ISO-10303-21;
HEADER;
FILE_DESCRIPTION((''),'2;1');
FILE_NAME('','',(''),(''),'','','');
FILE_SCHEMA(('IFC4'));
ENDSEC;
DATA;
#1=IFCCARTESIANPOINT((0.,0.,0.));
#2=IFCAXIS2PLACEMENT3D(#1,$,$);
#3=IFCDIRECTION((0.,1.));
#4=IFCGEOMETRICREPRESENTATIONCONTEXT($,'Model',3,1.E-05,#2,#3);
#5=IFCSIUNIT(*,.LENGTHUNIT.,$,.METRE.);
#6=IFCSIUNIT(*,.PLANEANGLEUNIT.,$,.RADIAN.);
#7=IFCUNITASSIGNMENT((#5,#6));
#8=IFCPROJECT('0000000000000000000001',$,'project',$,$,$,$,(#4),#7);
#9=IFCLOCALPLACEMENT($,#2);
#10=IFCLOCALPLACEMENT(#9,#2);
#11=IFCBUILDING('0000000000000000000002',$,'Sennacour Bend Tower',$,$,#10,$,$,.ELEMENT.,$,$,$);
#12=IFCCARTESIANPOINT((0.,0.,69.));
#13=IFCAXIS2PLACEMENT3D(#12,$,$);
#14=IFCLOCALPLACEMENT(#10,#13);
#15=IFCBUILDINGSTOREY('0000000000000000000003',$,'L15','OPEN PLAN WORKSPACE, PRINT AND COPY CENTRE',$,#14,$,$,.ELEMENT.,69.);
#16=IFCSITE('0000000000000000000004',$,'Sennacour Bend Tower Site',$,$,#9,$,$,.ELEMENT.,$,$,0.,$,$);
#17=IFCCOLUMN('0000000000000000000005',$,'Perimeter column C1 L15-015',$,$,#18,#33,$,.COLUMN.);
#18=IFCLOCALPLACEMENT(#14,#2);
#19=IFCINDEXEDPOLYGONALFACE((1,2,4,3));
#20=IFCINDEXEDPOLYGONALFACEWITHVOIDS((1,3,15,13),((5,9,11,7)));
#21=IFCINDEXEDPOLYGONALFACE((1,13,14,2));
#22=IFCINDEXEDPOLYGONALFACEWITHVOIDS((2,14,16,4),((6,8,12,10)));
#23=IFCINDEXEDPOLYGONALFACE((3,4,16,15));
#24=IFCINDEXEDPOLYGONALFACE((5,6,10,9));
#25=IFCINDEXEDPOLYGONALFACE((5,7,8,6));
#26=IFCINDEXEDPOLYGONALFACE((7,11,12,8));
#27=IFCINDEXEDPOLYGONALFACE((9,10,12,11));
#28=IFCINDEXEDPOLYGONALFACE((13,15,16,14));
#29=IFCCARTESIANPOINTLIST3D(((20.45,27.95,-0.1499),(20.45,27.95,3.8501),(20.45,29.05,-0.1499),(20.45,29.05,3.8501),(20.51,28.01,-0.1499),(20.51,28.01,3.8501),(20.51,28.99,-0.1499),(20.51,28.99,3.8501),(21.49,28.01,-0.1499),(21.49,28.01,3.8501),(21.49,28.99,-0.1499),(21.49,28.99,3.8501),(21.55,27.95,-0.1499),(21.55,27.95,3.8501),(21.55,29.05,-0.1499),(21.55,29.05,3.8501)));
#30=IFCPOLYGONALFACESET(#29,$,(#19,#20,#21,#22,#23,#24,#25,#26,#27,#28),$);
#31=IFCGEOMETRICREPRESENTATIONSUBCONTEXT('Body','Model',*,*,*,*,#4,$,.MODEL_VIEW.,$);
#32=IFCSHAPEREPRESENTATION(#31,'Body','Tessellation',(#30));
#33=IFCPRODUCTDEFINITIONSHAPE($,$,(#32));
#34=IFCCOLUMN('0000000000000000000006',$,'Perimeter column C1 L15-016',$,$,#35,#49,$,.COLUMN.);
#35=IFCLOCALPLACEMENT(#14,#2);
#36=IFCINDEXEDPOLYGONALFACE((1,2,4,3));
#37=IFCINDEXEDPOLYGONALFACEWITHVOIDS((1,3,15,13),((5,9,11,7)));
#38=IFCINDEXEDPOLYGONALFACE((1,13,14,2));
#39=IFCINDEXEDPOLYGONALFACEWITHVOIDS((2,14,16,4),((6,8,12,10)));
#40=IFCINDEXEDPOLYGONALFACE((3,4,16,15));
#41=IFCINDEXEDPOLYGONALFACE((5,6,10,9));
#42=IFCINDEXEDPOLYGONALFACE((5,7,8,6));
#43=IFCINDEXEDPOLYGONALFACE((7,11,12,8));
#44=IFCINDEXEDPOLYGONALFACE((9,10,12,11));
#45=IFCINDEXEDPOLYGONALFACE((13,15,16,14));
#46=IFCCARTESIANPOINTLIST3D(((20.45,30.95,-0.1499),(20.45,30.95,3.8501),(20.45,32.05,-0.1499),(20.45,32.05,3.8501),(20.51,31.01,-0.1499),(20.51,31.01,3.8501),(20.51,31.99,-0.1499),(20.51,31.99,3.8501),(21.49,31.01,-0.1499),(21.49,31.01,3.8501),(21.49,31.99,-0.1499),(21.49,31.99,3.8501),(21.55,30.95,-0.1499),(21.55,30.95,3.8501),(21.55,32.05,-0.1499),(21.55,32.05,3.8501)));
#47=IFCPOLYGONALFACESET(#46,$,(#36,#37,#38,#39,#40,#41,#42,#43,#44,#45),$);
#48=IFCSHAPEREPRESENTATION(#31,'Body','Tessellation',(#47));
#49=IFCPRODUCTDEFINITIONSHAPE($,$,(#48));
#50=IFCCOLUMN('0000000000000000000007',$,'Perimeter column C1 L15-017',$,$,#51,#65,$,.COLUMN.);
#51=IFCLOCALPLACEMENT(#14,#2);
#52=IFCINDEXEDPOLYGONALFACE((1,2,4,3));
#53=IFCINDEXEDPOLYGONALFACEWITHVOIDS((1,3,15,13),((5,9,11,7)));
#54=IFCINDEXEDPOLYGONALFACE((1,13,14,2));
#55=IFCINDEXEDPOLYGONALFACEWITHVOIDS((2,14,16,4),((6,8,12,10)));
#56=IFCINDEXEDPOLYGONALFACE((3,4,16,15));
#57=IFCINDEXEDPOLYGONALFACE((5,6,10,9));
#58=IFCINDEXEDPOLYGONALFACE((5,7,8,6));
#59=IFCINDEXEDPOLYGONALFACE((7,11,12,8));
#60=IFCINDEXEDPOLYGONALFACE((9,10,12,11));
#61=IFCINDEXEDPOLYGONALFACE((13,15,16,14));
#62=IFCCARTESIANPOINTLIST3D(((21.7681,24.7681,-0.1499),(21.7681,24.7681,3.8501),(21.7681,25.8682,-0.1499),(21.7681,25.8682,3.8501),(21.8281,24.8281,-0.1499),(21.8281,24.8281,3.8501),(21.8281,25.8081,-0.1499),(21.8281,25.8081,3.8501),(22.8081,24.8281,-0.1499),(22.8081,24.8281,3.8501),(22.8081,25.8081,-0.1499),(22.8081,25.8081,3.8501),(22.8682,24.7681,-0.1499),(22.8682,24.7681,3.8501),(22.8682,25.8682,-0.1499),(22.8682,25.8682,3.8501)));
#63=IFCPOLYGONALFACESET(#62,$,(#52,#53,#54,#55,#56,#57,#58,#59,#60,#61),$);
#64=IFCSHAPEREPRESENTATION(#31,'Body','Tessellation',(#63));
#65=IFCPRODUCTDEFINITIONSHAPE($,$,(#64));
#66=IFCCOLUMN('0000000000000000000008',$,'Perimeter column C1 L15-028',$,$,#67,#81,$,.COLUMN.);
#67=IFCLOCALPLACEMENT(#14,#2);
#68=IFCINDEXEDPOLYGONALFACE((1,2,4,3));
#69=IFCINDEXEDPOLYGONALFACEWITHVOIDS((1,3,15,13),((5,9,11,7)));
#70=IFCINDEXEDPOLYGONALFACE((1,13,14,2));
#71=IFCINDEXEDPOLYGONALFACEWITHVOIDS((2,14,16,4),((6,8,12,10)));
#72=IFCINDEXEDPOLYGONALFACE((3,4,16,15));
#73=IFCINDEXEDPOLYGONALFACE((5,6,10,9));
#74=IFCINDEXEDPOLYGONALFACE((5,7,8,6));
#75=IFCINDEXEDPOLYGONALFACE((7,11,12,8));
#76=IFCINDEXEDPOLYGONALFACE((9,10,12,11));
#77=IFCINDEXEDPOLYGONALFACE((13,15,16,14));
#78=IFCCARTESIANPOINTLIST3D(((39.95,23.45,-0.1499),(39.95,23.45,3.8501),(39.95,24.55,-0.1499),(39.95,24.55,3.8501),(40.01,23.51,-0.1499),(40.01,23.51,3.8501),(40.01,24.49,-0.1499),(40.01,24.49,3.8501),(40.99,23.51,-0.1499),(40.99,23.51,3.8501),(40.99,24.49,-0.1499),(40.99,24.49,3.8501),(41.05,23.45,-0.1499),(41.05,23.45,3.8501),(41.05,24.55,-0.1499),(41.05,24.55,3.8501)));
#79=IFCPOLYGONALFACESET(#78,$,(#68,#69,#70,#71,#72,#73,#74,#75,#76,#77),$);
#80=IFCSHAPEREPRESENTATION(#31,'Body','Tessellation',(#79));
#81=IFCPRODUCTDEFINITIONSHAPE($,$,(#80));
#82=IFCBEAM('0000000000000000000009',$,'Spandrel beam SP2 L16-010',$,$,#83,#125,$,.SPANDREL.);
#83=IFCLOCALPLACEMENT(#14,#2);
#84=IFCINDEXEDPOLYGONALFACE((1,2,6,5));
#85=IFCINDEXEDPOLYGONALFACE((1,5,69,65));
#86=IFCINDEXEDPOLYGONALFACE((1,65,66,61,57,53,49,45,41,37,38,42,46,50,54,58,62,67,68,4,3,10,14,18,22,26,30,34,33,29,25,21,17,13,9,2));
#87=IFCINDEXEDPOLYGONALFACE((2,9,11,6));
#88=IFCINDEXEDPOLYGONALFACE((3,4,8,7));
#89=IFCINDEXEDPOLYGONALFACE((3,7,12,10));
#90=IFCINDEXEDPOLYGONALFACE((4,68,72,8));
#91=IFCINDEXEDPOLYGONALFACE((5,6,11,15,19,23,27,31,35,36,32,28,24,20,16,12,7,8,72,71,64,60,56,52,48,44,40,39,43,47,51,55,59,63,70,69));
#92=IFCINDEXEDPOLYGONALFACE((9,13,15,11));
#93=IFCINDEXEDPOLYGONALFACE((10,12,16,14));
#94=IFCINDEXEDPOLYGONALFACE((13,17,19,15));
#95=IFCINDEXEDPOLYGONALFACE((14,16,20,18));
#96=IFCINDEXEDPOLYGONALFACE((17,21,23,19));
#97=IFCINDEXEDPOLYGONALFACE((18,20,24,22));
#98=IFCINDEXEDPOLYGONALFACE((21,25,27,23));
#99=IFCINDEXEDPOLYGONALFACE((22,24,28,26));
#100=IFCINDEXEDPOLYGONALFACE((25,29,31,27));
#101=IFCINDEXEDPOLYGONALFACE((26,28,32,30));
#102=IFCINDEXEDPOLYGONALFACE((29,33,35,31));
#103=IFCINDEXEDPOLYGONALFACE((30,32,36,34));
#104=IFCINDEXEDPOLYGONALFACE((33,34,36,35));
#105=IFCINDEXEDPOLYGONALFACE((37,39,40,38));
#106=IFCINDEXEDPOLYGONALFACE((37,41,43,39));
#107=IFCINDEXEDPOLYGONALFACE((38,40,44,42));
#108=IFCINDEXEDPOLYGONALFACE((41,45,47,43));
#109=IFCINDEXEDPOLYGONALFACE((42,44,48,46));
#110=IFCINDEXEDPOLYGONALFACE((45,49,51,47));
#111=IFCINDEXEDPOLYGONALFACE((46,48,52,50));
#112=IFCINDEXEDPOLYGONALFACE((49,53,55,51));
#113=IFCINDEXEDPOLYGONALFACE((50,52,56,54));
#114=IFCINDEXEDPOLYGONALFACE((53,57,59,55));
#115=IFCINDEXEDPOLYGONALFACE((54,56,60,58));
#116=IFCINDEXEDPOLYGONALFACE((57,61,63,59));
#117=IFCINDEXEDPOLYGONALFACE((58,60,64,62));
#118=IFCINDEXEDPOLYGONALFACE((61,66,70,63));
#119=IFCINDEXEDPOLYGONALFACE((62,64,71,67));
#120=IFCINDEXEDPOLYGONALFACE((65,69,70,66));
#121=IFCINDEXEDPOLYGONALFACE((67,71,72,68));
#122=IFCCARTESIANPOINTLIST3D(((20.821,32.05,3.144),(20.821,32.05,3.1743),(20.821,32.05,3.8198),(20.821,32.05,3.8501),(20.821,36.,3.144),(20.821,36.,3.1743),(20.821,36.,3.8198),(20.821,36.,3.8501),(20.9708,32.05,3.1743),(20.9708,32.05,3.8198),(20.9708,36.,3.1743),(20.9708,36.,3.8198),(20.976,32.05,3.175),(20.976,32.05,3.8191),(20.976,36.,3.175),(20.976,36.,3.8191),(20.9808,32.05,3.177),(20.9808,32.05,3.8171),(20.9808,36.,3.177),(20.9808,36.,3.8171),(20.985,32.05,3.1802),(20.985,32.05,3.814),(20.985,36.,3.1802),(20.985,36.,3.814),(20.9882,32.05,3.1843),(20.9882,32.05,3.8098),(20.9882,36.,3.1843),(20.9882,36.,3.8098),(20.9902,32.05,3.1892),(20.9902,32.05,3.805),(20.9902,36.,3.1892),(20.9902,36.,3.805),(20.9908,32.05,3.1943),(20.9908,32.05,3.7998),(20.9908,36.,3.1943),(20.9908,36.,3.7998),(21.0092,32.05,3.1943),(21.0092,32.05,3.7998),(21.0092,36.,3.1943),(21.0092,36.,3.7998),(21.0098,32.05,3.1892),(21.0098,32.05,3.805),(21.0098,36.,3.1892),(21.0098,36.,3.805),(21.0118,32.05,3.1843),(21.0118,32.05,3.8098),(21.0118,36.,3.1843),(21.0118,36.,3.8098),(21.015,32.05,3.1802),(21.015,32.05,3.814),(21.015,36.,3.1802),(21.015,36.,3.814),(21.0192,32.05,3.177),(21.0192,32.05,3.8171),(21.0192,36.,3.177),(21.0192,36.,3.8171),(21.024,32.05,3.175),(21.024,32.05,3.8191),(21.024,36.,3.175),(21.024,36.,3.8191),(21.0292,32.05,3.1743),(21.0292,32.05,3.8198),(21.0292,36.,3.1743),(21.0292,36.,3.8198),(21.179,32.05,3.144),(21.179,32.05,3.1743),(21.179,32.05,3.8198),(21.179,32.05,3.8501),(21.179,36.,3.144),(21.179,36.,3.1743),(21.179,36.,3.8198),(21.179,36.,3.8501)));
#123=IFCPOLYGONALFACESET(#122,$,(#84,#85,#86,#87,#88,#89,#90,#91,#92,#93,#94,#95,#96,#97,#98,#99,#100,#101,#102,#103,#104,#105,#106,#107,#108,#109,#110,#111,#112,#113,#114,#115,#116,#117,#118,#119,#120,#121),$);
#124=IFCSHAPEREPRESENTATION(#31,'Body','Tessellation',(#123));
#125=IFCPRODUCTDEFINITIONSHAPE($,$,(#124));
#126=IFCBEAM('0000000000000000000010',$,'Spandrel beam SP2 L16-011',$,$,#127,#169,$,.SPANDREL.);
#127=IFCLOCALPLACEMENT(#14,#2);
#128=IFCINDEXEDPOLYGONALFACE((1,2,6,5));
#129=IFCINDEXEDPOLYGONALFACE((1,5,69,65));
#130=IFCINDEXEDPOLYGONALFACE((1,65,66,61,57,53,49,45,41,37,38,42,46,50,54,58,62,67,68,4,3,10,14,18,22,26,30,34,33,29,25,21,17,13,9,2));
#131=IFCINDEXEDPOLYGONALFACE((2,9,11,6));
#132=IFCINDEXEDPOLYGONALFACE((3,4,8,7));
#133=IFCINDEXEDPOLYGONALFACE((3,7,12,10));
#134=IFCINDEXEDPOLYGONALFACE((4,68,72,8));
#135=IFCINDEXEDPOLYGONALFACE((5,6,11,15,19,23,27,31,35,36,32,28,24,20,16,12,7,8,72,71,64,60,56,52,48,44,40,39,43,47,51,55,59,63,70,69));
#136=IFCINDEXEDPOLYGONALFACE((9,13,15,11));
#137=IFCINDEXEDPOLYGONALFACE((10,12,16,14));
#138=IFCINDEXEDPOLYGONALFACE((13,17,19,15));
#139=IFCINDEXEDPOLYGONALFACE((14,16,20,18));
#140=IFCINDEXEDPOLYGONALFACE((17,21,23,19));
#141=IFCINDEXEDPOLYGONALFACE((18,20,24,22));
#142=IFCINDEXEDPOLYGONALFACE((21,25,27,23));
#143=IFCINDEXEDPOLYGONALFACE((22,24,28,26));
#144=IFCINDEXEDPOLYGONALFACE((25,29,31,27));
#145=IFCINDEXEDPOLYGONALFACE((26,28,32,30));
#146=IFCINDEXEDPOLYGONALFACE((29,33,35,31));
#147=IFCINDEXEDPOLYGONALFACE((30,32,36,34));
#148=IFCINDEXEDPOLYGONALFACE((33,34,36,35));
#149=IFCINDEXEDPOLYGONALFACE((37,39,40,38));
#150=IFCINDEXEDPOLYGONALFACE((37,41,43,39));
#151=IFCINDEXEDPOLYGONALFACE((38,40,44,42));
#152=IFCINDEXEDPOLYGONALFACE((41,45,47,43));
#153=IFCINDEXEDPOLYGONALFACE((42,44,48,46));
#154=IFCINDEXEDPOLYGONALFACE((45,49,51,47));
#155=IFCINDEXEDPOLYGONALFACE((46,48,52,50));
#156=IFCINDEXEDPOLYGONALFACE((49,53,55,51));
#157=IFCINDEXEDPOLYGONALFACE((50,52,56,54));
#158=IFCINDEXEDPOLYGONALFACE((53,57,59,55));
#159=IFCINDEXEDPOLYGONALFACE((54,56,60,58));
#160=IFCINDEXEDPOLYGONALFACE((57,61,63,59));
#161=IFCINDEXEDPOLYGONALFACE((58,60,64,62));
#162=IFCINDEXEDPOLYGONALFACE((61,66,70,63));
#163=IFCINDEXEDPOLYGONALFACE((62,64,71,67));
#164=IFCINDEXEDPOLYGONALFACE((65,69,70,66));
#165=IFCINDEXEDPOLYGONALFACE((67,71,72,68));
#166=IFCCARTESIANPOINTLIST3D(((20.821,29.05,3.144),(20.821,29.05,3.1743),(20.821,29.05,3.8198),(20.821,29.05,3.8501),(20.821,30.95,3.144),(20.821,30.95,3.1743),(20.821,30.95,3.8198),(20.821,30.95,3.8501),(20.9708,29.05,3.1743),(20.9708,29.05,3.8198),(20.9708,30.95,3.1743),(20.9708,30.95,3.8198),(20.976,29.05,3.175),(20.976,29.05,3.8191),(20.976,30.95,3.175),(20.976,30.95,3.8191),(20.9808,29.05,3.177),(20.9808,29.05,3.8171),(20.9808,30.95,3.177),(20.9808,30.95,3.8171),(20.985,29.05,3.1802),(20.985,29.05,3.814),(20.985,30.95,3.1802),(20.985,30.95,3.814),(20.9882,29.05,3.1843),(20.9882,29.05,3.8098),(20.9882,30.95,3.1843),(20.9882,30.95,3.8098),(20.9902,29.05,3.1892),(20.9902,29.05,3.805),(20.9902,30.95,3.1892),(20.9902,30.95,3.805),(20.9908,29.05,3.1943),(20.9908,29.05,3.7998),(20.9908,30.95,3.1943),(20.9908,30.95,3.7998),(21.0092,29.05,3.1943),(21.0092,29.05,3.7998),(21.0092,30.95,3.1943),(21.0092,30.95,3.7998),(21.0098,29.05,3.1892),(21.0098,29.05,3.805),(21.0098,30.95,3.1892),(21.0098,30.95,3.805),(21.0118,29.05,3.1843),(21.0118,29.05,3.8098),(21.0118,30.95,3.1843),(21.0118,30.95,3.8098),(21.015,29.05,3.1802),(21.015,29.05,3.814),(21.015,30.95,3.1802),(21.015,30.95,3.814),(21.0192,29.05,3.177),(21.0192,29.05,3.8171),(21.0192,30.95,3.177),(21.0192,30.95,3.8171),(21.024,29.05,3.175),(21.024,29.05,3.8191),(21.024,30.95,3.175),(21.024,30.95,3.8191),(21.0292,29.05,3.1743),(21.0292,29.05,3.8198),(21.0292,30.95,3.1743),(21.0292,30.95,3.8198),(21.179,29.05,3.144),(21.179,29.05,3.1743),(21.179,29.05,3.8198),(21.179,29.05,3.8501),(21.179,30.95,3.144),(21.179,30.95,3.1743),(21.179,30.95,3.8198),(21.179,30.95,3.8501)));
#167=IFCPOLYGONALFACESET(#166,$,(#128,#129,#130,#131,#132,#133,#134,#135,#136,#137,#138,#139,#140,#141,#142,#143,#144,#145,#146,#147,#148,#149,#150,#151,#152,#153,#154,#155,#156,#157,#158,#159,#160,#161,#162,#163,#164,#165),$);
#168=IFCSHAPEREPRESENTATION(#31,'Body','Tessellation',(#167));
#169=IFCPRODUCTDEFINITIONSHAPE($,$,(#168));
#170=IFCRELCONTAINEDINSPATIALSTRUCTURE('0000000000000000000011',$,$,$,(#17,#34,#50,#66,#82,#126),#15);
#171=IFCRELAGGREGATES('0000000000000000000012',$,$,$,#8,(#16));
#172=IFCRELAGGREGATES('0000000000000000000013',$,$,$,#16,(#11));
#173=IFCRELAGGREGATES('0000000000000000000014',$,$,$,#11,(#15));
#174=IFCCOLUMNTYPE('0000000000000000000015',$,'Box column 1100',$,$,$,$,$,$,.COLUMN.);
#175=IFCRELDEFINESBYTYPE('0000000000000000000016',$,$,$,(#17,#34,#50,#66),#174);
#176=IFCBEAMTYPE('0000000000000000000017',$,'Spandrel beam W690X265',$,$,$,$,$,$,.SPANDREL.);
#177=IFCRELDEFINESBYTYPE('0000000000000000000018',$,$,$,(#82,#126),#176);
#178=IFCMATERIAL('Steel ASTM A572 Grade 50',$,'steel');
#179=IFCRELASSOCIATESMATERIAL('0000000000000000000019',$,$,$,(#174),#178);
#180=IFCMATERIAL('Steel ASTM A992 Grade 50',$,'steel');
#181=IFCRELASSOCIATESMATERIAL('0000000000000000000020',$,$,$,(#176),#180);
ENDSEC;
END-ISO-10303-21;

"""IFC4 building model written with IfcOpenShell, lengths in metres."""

from ifc_helpers import new_model, si_unit, direction, frame, origin, origin_2d, place, context, subcontext, project, spatial, hollow_rectangle, i_section, extrude, material, material_profile, profile_set, type_object, element, save


model = new_model("IFC4")

# Units and contexts
model_context = context("Model", 3, precision=1e-05, world=origin(), true_north=direction((0.0, 1.0)))
body_context = subcontext(model_context, "Body", "Model", "MODEL_VIEW")
ifc_project = project(units=[si_unit("LENGTHUNIT", "METRE"), si_unit("PLANEANGLEUNIT", "RADIAN")], contexts=[model_context])

# Site, building, storey
site_placement = place(None, origin())
site = spatial("IfcSite", under=ifc_project, at=site_placement, Name="Sennacour Bend Tower Site", CompositionType="ELEMENT", RefElevation=0.0)
building_placement = place(site_placement, origin())
building = spatial("IfcBuilding", under=site, at=building_placement, Name="Sennacour Bend Tower", CompositionType="ELEMENT")
storey_placement = place(building_placement, frame((0.0, 0.0, 69.0)))
storey = spatial("IfcBuildingStorey", under=building, at=storey_placement, Name="L15", Description="OPEN PLAN WORKSPACE, PRINT AND COPY CENTRE", CompositionType="ELEMENT", Elevation=69.0)

# Columns
ifc_material_1 = material(Name="Steel ASTM A572 Grade 50", Category="steel")
ifc_material_profile_1 = material_profile(ifc_material_1, hollow_rectangle(XDim=1.1001, YDim=1.1001, WallThickness=0.0601, at=origin_2d()), Name="Steel ASTM A572 Grade 50", Category="steel")
ifc_profile_set_1 = profile_set([ifc_material_profile_1], Name="Steel ASTM A572 Grade 50")
column_type = type_object("IfcColumnType", Name="Box column 1100", PredefinedType="COLUMN", material=ifc_profile_set_1)
for number, where, z_axis, x_axis, name in (
    (1, (21.0, 28.5, -0.1499), (0.0, 0.0, 1.0), (1.0, 0.0, 0.0), "Perimeter column C1 L15-015"),
    (2, (21.0, 31.5, -0.1499), (0.0, 0.0, 1.0), (1.0, 0.0, 0.0), "Perimeter column C1 L15-016"),
    (3, (22.3181, 25.3181, -0.1499), (0.0, 0.0, 1.0), (1.0, 0.0, 0.0), "Perimeter column C1 L15-017"),
    (4, (40.5, 24.0, -0.1499), (0.0, 0.0, 1.0), (1.0, 0.0, 0.0), "Perimeter column C1 L15-028"),
):
    element("IfcColumn", number, at=place(storey_placement, frame(where, z_axis=z_axis, x_axis=x_axis)), inside=storey, type_object=column_type, Name=name, PredefinedType="COLUMN", context=body_context, shape_type="SweptSolid", body=[
        extrude(hollow_rectangle(XDim=1.1001, YDim=1.1001, WallThickness=0.0601, at=origin_2d()), origin(), (0.0, 0.0, 1.0), 4.0),
    ])

# Beams
ifc_material_2 = material(Name="Steel ASTM A992 Grade 50", Category="steel")
ifc_material_profile_2 = material_profile(ifc_material_2, i_section(OverallWidth=0.3579, OverallDepth=0.7061, WebThickness=0.0183, FlangeThickness=0.0303, FilletRadius=0.02, at=origin_2d()), Name="Steel ASTM A992 Grade 50", Category="steel")
ifc_profile_set_2 = profile_set([ifc_material_profile_2], Name="Steel ASTM A992 Grade 50")
beam_type = type_object("IfcBeamType", Name="Spandrel beam W690X265", PredefinedType="SPANDREL", material=ifc_profile_set_2)
beam_1_placement = place(storey_placement, frame((21.0, 36.0, 3.4971), z_axis=(0.0, -1.0, 0.0), x_axis=(1.0, 0.0, 0.0)))
element("IfcBeam", 5, at=beam_1_placement, inside=storey, type_object=beam_type, Name="Spandrel beam SP2 L16-010", PredefinedType="SPANDREL", context=body_context, shape_type="SweptSolid", body=[
    extrude(i_section(OverallWidth=0.3579, OverallDepth=0.7061, WebThickness=0.0183, FlangeThickness=0.0303, FilletRadius=0.02, at=origin_2d()), origin(), (0.0, 0.0, 1.0), 3.95),
])
beam_2_placement = place(storey_placement, frame((21.0, 30.95, 3.4971), z_axis=(0.0, -1.0, 0.0), x_axis=(1.0, 0.0, 0.0)))
element("IfcBeam", 6, at=beam_2_placement, inside=storey, type_object=beam_type, Name="Spandrel beam SP2 L16-011", PredefinedType="SPANDREL", context=body_context, shape_type="SweptSolid", body=[
    extrude(i_section(OverallWidth=0.3579, OverallDepth=0.7061, WebThickness=0.0183, FlangeThickness=0.0303, FilletRadius=0.02, at=origin_2d()), origin(), (0.0, 0.0, 1.0), 1.8999),
])

save(model, "model.ifc")
